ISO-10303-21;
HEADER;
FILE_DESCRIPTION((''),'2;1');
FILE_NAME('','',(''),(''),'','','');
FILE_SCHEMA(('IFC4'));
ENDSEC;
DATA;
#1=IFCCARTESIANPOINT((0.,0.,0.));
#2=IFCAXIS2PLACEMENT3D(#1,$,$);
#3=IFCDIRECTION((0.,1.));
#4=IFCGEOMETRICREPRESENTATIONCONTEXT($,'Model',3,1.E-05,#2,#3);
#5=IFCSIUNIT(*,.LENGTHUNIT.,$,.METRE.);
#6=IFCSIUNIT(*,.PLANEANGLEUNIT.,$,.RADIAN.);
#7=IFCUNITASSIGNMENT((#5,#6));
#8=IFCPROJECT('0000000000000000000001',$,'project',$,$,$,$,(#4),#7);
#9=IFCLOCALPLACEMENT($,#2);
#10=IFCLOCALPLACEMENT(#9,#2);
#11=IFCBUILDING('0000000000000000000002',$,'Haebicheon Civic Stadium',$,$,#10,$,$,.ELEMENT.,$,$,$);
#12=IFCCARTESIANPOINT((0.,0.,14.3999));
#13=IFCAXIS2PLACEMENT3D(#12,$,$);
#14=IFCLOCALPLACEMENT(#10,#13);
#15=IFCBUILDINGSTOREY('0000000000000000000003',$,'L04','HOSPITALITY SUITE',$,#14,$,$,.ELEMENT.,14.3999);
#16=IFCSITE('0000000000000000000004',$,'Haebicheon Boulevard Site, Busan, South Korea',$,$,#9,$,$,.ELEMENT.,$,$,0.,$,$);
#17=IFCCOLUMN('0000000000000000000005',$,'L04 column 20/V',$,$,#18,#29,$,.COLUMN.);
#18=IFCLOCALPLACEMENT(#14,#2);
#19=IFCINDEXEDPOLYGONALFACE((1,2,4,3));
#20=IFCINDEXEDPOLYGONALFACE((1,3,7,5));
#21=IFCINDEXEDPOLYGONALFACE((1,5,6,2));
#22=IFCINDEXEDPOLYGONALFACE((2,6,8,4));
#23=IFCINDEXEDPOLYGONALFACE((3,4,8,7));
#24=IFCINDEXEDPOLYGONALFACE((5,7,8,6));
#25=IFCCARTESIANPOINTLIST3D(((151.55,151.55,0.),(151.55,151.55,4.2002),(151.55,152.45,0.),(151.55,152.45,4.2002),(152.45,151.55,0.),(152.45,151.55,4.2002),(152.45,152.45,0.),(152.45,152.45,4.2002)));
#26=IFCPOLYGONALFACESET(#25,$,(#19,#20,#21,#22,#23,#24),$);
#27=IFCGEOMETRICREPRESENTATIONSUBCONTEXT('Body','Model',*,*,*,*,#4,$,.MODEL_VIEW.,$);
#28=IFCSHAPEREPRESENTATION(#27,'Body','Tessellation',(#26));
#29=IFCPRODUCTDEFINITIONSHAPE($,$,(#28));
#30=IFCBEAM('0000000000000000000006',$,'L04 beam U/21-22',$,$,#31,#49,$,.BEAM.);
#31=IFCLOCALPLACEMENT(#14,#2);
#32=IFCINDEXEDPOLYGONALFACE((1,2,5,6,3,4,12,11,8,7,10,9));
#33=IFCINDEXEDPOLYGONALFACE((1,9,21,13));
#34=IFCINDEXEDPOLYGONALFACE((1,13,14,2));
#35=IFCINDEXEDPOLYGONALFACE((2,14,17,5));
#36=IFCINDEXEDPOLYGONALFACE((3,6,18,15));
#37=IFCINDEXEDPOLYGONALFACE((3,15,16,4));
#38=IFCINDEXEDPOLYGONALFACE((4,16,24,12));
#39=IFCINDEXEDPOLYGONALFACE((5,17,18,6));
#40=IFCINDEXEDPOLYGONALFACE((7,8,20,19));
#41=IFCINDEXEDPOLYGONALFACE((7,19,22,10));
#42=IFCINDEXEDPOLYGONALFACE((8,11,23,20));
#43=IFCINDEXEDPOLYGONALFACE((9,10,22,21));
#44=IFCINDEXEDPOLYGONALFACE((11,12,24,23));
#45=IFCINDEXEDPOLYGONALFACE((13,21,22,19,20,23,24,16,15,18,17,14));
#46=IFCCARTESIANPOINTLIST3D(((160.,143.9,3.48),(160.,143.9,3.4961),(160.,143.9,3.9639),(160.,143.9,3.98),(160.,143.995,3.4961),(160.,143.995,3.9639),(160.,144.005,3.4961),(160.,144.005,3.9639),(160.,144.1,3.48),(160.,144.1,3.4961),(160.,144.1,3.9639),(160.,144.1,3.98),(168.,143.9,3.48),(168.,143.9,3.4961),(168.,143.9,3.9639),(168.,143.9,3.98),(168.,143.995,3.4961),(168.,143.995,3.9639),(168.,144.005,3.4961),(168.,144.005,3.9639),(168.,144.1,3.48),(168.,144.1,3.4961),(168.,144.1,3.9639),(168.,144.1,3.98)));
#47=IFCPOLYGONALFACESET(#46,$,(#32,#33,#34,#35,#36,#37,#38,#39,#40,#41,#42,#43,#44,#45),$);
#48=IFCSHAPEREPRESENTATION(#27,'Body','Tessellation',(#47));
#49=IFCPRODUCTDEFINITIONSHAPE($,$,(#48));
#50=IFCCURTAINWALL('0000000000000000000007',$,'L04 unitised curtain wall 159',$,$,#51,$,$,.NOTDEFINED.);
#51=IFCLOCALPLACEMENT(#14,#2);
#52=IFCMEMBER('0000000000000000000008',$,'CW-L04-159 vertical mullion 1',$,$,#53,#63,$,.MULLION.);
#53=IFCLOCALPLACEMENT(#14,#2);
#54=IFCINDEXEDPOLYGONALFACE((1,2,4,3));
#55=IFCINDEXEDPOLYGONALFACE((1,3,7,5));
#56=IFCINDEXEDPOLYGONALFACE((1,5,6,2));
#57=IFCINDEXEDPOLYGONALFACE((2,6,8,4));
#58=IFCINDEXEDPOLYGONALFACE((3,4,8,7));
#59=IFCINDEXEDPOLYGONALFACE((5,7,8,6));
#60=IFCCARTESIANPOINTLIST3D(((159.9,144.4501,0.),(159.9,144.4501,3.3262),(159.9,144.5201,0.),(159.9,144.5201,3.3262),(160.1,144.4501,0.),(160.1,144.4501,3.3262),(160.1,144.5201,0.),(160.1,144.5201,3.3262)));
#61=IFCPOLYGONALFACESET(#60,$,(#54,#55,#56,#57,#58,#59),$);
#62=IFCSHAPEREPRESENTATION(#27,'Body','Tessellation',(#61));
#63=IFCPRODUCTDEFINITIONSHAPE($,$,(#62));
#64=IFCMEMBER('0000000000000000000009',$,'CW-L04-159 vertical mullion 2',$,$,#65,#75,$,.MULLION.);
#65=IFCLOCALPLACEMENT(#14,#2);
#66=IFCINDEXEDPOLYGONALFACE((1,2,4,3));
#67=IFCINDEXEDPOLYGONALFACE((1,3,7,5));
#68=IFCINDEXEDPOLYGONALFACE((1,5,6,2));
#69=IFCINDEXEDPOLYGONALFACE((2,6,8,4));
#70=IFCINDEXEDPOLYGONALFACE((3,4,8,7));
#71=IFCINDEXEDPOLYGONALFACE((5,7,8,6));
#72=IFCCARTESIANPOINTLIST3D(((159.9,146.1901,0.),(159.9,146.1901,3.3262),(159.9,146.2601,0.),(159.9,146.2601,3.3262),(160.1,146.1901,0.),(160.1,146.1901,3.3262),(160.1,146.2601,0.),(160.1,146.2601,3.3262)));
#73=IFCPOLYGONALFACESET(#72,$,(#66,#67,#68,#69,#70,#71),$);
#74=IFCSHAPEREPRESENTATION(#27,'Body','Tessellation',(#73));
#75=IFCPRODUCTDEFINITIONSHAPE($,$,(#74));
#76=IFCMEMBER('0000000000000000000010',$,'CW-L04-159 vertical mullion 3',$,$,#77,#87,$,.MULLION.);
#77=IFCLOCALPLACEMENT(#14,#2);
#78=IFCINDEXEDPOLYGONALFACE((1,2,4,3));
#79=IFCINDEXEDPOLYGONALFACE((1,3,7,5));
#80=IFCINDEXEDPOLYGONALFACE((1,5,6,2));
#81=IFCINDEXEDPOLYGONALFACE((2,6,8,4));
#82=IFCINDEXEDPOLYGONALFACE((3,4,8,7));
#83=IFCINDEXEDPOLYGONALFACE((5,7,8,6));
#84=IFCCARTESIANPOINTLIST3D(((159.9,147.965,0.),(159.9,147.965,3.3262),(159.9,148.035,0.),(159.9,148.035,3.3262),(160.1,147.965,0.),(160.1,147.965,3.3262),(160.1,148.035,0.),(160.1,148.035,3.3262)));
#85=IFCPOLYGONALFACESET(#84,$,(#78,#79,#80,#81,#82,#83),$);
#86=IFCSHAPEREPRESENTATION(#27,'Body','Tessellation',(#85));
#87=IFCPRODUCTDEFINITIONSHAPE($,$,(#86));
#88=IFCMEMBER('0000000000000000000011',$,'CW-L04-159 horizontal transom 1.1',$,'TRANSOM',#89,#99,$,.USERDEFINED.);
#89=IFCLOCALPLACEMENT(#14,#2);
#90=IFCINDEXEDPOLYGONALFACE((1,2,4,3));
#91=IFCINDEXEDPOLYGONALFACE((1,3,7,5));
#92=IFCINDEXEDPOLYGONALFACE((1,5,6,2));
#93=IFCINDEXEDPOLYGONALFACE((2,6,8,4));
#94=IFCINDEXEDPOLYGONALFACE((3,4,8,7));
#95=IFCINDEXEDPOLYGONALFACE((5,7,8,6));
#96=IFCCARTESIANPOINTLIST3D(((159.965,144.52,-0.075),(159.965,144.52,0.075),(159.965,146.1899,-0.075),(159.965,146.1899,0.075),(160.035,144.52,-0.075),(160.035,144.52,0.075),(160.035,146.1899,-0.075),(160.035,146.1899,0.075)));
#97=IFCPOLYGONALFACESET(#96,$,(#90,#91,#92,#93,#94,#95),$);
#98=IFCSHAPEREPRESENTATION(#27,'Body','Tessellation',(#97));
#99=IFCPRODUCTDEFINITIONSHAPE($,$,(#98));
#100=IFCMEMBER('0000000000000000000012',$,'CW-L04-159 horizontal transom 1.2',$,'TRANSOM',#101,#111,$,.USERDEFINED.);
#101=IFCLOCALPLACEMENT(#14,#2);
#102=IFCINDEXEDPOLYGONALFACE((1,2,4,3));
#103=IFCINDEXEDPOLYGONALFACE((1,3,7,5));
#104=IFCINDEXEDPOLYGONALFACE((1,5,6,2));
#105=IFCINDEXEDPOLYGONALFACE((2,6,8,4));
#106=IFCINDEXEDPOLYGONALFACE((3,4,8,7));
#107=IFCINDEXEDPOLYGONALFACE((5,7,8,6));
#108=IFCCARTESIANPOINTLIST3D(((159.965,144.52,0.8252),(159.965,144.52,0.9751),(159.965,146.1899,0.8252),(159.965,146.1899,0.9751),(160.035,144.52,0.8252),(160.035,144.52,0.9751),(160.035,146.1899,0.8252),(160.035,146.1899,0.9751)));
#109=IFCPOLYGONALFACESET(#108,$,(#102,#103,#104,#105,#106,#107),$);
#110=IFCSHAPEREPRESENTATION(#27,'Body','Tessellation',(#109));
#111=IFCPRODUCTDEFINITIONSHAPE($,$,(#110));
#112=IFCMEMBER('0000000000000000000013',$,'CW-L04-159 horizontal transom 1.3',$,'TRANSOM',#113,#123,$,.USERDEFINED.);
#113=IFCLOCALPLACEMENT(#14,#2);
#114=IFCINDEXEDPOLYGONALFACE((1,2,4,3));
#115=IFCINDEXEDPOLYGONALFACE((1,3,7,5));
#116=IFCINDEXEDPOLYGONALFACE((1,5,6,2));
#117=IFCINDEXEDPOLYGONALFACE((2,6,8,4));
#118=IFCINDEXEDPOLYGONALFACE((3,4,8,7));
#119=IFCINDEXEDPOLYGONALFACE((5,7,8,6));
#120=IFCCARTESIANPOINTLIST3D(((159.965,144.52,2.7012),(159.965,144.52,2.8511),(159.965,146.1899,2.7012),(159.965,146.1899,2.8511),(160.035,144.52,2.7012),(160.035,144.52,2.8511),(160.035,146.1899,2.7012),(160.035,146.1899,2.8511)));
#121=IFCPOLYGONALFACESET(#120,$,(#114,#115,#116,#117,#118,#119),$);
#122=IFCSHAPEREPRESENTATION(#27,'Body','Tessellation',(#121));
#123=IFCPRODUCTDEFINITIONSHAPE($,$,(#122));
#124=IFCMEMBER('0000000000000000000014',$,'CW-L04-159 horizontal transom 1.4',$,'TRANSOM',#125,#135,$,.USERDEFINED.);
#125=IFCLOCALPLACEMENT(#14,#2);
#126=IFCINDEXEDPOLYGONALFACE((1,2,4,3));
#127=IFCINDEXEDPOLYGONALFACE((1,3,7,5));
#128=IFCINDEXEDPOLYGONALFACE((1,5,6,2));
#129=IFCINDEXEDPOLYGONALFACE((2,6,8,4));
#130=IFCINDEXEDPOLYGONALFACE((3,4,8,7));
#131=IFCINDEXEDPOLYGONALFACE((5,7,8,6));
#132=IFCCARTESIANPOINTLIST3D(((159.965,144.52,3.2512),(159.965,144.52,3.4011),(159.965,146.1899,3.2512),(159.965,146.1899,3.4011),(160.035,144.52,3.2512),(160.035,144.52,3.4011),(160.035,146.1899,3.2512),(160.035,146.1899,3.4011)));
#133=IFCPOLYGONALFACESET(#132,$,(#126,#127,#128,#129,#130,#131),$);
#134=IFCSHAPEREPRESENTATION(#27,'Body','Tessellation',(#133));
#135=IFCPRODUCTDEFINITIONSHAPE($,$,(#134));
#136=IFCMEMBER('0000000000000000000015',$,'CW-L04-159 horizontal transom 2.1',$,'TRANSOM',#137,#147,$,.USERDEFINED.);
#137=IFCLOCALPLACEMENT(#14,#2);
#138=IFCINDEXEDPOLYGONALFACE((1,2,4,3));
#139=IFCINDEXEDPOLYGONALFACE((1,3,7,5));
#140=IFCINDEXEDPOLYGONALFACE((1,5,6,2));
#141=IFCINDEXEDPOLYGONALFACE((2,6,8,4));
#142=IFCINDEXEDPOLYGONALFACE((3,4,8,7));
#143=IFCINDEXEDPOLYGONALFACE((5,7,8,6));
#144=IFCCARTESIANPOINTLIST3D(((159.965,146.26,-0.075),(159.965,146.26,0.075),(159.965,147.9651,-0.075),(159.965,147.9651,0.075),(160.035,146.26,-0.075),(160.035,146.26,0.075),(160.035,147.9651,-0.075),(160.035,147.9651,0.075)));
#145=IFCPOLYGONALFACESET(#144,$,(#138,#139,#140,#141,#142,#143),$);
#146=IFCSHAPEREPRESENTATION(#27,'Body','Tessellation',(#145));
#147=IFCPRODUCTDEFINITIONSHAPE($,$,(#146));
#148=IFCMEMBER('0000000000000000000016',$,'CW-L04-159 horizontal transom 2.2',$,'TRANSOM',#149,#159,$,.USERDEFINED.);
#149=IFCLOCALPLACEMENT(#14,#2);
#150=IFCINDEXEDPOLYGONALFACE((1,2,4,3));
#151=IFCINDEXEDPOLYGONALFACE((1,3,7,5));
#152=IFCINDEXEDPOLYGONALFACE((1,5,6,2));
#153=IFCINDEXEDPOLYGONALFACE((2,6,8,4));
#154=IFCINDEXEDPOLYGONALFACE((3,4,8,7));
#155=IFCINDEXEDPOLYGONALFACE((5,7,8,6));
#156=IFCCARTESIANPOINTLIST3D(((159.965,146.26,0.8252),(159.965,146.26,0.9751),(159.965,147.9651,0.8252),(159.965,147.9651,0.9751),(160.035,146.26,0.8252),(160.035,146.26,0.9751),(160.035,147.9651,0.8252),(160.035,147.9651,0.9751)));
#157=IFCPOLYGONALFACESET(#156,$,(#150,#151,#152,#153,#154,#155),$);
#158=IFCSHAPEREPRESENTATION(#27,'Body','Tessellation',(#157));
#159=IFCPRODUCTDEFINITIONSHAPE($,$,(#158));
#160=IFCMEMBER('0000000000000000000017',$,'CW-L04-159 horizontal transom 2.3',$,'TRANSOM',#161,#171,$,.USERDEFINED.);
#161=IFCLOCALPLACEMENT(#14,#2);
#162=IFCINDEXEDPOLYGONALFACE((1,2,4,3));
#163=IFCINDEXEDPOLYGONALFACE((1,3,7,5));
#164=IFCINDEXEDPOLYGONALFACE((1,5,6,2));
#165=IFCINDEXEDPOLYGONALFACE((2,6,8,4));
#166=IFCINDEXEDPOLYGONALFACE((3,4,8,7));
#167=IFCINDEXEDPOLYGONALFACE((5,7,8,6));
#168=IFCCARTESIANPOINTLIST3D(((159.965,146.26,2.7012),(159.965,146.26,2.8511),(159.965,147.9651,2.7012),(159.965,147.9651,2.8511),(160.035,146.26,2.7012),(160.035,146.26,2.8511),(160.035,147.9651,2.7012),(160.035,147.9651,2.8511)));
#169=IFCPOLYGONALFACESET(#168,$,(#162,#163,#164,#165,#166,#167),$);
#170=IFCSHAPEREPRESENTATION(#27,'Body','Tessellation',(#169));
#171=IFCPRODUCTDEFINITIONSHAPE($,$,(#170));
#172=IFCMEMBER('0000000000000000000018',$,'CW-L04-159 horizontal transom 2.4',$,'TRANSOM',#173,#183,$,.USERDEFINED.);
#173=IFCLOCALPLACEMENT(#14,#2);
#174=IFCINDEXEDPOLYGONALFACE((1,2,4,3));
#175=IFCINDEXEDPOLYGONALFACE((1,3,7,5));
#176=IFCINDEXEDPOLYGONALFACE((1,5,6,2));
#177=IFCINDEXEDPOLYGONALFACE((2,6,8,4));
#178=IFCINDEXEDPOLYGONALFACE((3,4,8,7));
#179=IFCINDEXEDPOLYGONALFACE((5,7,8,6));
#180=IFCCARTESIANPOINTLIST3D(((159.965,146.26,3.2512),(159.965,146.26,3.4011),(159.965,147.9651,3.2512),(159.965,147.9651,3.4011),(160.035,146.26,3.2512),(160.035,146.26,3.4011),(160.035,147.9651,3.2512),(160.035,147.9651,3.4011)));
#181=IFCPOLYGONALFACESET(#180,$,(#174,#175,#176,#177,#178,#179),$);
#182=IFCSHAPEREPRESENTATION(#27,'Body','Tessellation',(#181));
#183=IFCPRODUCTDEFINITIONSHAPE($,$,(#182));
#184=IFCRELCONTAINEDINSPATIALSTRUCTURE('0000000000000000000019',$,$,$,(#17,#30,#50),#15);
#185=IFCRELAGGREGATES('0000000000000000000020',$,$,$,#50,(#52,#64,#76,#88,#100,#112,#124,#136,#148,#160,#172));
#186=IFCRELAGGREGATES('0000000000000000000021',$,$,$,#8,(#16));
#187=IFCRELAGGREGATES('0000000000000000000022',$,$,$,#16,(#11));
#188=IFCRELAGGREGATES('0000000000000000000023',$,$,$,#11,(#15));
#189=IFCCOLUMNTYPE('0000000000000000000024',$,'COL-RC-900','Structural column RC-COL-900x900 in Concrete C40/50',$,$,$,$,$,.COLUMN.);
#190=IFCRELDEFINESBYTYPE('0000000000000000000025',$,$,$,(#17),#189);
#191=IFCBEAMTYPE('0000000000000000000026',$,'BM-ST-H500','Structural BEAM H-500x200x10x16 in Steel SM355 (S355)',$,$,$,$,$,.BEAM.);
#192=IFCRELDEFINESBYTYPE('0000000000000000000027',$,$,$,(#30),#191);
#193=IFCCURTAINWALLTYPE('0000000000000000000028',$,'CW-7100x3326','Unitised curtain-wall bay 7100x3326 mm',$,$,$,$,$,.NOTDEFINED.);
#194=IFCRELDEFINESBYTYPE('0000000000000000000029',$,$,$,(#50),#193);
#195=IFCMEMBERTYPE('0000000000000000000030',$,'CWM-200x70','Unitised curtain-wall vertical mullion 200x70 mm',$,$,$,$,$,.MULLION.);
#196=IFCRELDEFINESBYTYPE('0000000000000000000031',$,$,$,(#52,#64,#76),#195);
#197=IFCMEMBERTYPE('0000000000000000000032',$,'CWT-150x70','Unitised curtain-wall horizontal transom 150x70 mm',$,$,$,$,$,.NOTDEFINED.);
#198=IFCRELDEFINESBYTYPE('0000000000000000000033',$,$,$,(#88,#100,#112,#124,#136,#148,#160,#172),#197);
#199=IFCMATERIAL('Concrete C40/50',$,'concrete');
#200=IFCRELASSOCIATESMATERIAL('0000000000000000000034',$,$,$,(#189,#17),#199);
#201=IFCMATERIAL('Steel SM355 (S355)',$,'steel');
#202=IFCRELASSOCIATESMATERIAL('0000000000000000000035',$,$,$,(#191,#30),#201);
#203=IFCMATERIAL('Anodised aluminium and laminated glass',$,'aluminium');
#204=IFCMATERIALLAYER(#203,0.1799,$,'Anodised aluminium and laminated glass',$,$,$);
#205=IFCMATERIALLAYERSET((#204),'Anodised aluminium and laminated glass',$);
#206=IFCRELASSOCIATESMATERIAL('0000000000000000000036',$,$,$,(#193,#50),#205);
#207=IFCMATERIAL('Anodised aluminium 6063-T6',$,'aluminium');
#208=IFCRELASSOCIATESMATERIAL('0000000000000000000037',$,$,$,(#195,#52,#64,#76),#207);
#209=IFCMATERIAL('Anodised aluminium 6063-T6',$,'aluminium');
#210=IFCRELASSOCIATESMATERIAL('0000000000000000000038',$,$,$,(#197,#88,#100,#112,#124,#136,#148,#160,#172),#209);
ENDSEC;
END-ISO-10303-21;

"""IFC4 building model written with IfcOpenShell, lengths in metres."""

from ifc_helpers import new_model, si_unit, direction, frame, origin, origin_2d, place, context, subcontext, project, spatial, rectangle, i_section, extrude, material, layer, layer_set, material_profile, profile_set, type_object, element, aggregate, save


model = new_model("IFC4")

# Units and contexts
model_context = context("Model", 3, precision=1e-05, world=origin(), true_north=direction((0.0, 1.0)))
body_context = subcontext(model_context, "Body", "Model", "MODEL_VIEW")
ifc_project = project(units=[si_unit("LENGTHUNIT", "METRE"), si_unit("PLANEANGLEUNIT", "RADIAN")], contexts=[model_context])

# Site, building, storey
site_placement = place(None, origin())
site = spatial("IfcSite", under=ifc_project, at=site_placement, Name="Haebicheon Boulevard Site, Busan, South Korea", CompositionType="ELEMENT", RefElevation=0.0)
building_placement = place(site_placement, origin())
building = spatial("IfcBuilding", under=site, at=building_placement, Name="Haebicheon Civic Stadium", CompositionType="ELEMENT")
storey_placement = place(building_placement, frame((0.0, 0.0, 14.3999)))
storey = spatial("IfcBuildingStorey", under=building, at=storey_placement, Name="L04", Description="HOSPITALITY SUITE", CompositionType="ELEMENT", Elevation=14.3999)

# Column
ifc_material_1 = material(Name="Concrete C40/50", Category="concrete")
ifc_material_profile_1 = material_profile(ifc_material_1, rectangle(XDim=0.8999, YDim=0.8999, at=origin_2d()), Name="RC-COL-900x900")
ifc_profile_set_1 = profile_set([ifc_material_profile_1], Name="Concrete C40/50")
column_type = type_object("IfcColumnType", Name="COL-RC-900", Description="Structural column RC-COL-900x900 in Concrete C40/50", PredefinedType="COLUMN", material=ifc_profile_set_1)
column_placement = place(storey_placement, frame((152.0, 152.0, 0.0), z_axis=(0.0, 0.0, 1.0), x_axis=(1.0, 0.0, 0.0)))
element("IfcColumn", 1, at=column_placement, inside=storey, type_object=column_type, material=ifc_profile_set_1, Name="L04 column 20/V", PredefinedType="COLUMN", context=body_context, shape_type="SweptSolid", body=[
    extrude(rectangle(XDim=0.8999, YDim=0.8999, at=origin_2d()), origin(), (0.0, 0.0, 1.0), 4.2002),
])

# Beam
ifc_material_2 = material(Name="Steel SM355 (S355)", Category="steel")
ifc_material_profile_2 = material_profile(ifc_material_2, i_section(OverallWidth=0.2, OverallDepth=0.5, WebThickness=0.01, FlangeThickness=0.0161, at=origin_2d()), Name="H-500x200x10x16")
ifc_profile_set_2 = profile_set([ifc_material_profile_2], Name="Steel SM355 (S355)")
beam_type = type_object("IfcBeamType", Name="BM-ST-H500", Description="Structural BEAM H-500x200x10x16 in Steel SM355 (S355)", PredefinedType="BEAM", material=ifc_profile_set_2)
beam_placement = place(storey_placement, frame((160.0, 144.0, 3.73), z_axis=(1.0, 0.0, 0.0), x_axis=(0.0, 1.0, 0.0)))
element("IfcBeam", 2, at=beam_placement, inside=storey, type_object=beam_type, material=ifc_profile_set_2, Name="L04 beam U/21-22", PredefinedType="BEAM", context=body_context, shape_type="SweptSolid", body=[
    extrude(i_section(OverallWidth=0.2, OverallDepth=0.5, WebThickness=0.01, FlangeThickness=0.0161, at=origin_2d()), origin(), (0.0, 0.0, 1.0), 8.0),
])

# Curtain wall, members
ifc_material_3 = material(Name="Anodised aluminium and laminated glass", Category="aluminium")
ifc_layer_1 = layer(ifc_material_3, 0.1799, Name="Anodised aluminium and laminated glass")
ifc_layer_set_1 = layer_set([ifc_layer_1], Name="Anodised aluminium and laminated glass")
curtain_wall_type = type_object("IfcCurtainWallType", Name="CW-7100x3326", Description="Unitised curtain-wall bay 7100x3326 mm", PredefinedType="NOTDEFINED", material=ifc_layer_set_1)
curtain_wall_placement = place(storey_placement, origin())
curtain_wall = element("IfcCurtainWall", 3, at=curtain_wall_placement, inside=storey, type_object=curtain_wall_type, material=ifc_layer_set_1, Name="L04 unitised curtain wall 159", PredefinedType="NOTDEFINED")
ifc_material_4 = material(Name="Anodised aluminium 6063-T6", Category="aluminium")
ifc_material_profile_3 = material_profile(ifc_material_4, rectangle(XDim=0.0701, YDim=0.2, at=origin_2d()), Name="ALU-MULL-70x200")
ifc_profile_set_3 = profile_set([ifc_material_profile_3], Name="Anodised aluminium 6063-T6")
member_type_1 = type_object("IfcMemberType", Name="CWM-200x70", Description="Unitised curtain-wall vertical mullion 200x70 mm", PredefinedType="MULLION", material=ifc_profile_set_3)
member_1_placement = place(storey_placement, frame((160.0, 144.4851, 0.0), z_axis=(0.0, 0.0, 1.0), x_axis=(0.0, 1.0, 0.0)))
member_1 = element("IfcMember", 4, at=member_1_placement, type_object=member_type_1, material=ifc_profile_set_3, Name="CW-L04-159 vertical mullion 1", PredefinedType="MULLION", context=body_context, shape_type="SweptSolid", body=[
    extrude(rectangle(XDim=0.0701, YDim=0.2, at=origin_2d()), origin(), (0.0, 0.0, 1.0), 3.3262),
])
member_2_placement = place(storey_placement, frame((160.0, 146.2251, 0.0), z_axis=(0.0, 0.0, 1.0), x_axis=(0.0, 1.0, 0.0)))
member_2 = element("IfcMember", 5, at=member_2_placement, type_object=member_type_1, material=ifc_profile_set_3, Name="CW-L04-159 vertical mullion 2", PredefinedType="MULLION", context=body_context, shape_type="SweptSolid", body=[
    extrude(rectangle(XDim=0.0701, YDim=0.2, at=origin_2d()), origin(), (0.0, 0.0, 1.0), 3.3262),
])
member_3_placement = place(storey_placement, frame((160.0, 148.0, 0.0), z_axis=(0.0, 0.0, 1.0), x_axis=(0.0, 1.0, 0.0)))
member_3 = element("IfcMember", 6, at=member_3_placement, type_object=member_type_1, material=ifc_profile_set_3, Name="CW-L04-159 vertical mullion 3", PredefinedType="MULLION", context=body_context, shape_type="SweptSolid", body=[
    extrude(rectangle(XDim=0.0701, YDim=0.2, at=origin_2d()), origin(), (0.0, 0.0, 1.0), 3.3262),
])
ifc_material_5 = material(Name="Anodised aluminium 6063-T6", Category="aluminium")
ifc_material_profile_4 = material_profile(ifc_material_5, rectangle(XDim=0.0701, YDim=0.1499, at=origin_2d()), Name="ALU-TRAN-70x150")
ifc_profile_set_4 = profile_set([ifc_material_profile_4], Name="Anodised aluminium 6063-T6")
member_type_2 = type_object("IfcMemberType", Name="CWT-150x70", Description="Unitised curtain-wall horizontal transom 150x70 mm", PredefinedType="NOTDEFINED", material=ifc_profile_set_4)
member_4_placement = place(storey_placement, frame((160.0, 144.52, 0.0), z_axis=(0.0, 1.0, 0.0), x_axis=(-1.0, 0.0, 0.0)))
member_4 = element("IfcMember", 7, at=member_4_placement, type_object=member_type_2, material=ifc_profile_set_4, Name="CW-L04-159 horizontal transom 1.1", ObjectType="TRANSOM", PredefinedType="USERDEFINED", context=body_context, shape_type="SweptSolid", body=[
    extrude(rectangle(XDim=0.0701, YDim=0.1499, at=origin_2d()), origin(), (0.0, 0.0, 1.0), 1.6699),
])
member_5_placement = place(storey_placement, frame((160.0, 144.52, 0.9001), z_axis=(0.0, 1.0, 0.0), x_axis=(-1.0, 0.0, 0.0)))
member_5 = element("IfcMember", 8, at=member_5_placement, type_object=member_type_2, material=ifc_profile_set_4, Name="CW-L04-159 horizontal transom 1.2", ObjectType="TRANSOM", PredefinedType="USERDEFINED", context=body_context, shape_type="SweptSolid", body=[
    extrude(rectangle(XDim=0.0701, YDim=0.1499, at=origin_2d()), origin(), (0.0, 0.0, 1.0), 1.6699),
])
member_6_placement = place(storey_placement, frame((160.0, 144.52, 2.7761), z_axis=(0.0, 1.0, 0.0), x_axis=(-1.0, 0.0, 0.0)))
member_6 = element("IfcMember", 9, at=member_6_placement, type_object=member_type_2, material=ifc_profile_set_4, Name="CW-L04-159 horizontal transom 1.3", ObjectType="TRANSOM", PredefinedType="USERDEFINED", context=body_context, shape_type="SweptSolid", body=[
    extrude(rectangle(XDim=0.0701, YDim=0.1499, at=origin_2d()), origin(), (0.0, 0.0, 1.0), 1.6699),
])
member_7_placement = place(storey_placement, frame((160.0, 144.52, 3.3262), z_axis=(0.0, 1.0, 0.0), x_axis=(-1.0, 0.0, 0.0)))
member_7 = element("IfcMember", 10, at=member_7_placement, type_object=member_type_2, material=ifc_profile_set_4, Name="CW-L04-159 horizontal transom 1.4", ObjectType="TRANSOM", PredefinedType="USERDEFINED", context=body_context, shape_type="SweptSolid", body=[
    extrude(rectangle(XDim=0.0701, YDim=0.1499, at=origin_2d()), origin(), (0.0, 0.0, 1.0), 1.6699),
])
member_8_placement = place(storey_placement, frame((160.0, 146.26, 0.0), z_axis=(0.0, 1.0, 0.0), x_axis=(-1.0, 0.0, 0.0)))
member_8 = element("IfcMember", 11, at=member_8_placement, type_object=member_type_2, material=ifc_profile_set_4, Name="CW-L04-159 horizontal transom 2.1", ObjectType="TRANSOM", PredefinedType="USERDEFINED", context=body_context, shape_type="SweptSolid", body=[
    extrude(rectangle(XDim=0.0701, YDim=0.1499, at=origin_2d()), origin(), (0.0, 0.0, 1.0), 1.7051),
])
member_9_placement = place(storey_placement, frame((160.0, 146.26, 0.9001), z_axis=(0.0, 1.0, 0.0), x_axis=(-1.0, 0.0, 0.0)))
member_9 = element("IfcMember", 12, at=member_9_placement, type_object=member_type_2, material=ifc_profile_set_4, Name="CW-L04-159 horizontal transom 2.2", ObjectType="TRANSOM", PredefinedType="USERDEFINED", context=body_context, shape_type="SweptSolid", body=[
    extrude(rectangle(XDim=0.0701, YDim=0.1499, at=origin_2d()), origin(), (0.0, 0.0, 1.0), 1.7051),
])
member_10_placement = place(storey_placement, frame((160.0, 146.26, 2.7761), z_axis=(0.0, 1.0, 0.0), x_axis=(-1.0, 0.0, 0.0)))
member_10 = element("IfcMember", 13, at=member_10_placement, type_object=member_type_2, material=ifc_profile_set_4, Name="CW-L04-159 horizontal transom 2.3", ObjectType="TRANSOM", PredefinedType="USERDEFINED", context=body_context, shape_type="SweptSolid", body=[
    extrude(rectangle(XDim=0.0701, YDim=0.1499, at=origin_2d()), origin(), (0.0, 0.0, 1.0), 1.7051),
])
member_11_placement = place(storey_placement, frame((160.0, 146.26, 3.3262), z_axis=(0.0, 1.0, 0.0), x_axis=(-1.0, 0.0, 0.0)))
member_11 = element("IfcMember", 14, at=member_11_placement, type_object=member_type_2, material=ifc_profile_set_4, Name="CW-L04-159 horizontal transom 2.4", ObjectType="TRANSOM", PredefinedType="USERDEFINED", context=body_context, shape_type="SweptSolid", body=[
    extrude(rectangle(XDim=0.0701, YDim=0.1499, at=origin_2d()), origin(), (0.0, 0.0, 1.0), 1.7051),
])
aggregate(curtain_wall, [member_1, member_2, member_3, member_4, member_5, member_6, member_7, member_8, member_9, member_10, member_11])

save(model, "model.ifc")
